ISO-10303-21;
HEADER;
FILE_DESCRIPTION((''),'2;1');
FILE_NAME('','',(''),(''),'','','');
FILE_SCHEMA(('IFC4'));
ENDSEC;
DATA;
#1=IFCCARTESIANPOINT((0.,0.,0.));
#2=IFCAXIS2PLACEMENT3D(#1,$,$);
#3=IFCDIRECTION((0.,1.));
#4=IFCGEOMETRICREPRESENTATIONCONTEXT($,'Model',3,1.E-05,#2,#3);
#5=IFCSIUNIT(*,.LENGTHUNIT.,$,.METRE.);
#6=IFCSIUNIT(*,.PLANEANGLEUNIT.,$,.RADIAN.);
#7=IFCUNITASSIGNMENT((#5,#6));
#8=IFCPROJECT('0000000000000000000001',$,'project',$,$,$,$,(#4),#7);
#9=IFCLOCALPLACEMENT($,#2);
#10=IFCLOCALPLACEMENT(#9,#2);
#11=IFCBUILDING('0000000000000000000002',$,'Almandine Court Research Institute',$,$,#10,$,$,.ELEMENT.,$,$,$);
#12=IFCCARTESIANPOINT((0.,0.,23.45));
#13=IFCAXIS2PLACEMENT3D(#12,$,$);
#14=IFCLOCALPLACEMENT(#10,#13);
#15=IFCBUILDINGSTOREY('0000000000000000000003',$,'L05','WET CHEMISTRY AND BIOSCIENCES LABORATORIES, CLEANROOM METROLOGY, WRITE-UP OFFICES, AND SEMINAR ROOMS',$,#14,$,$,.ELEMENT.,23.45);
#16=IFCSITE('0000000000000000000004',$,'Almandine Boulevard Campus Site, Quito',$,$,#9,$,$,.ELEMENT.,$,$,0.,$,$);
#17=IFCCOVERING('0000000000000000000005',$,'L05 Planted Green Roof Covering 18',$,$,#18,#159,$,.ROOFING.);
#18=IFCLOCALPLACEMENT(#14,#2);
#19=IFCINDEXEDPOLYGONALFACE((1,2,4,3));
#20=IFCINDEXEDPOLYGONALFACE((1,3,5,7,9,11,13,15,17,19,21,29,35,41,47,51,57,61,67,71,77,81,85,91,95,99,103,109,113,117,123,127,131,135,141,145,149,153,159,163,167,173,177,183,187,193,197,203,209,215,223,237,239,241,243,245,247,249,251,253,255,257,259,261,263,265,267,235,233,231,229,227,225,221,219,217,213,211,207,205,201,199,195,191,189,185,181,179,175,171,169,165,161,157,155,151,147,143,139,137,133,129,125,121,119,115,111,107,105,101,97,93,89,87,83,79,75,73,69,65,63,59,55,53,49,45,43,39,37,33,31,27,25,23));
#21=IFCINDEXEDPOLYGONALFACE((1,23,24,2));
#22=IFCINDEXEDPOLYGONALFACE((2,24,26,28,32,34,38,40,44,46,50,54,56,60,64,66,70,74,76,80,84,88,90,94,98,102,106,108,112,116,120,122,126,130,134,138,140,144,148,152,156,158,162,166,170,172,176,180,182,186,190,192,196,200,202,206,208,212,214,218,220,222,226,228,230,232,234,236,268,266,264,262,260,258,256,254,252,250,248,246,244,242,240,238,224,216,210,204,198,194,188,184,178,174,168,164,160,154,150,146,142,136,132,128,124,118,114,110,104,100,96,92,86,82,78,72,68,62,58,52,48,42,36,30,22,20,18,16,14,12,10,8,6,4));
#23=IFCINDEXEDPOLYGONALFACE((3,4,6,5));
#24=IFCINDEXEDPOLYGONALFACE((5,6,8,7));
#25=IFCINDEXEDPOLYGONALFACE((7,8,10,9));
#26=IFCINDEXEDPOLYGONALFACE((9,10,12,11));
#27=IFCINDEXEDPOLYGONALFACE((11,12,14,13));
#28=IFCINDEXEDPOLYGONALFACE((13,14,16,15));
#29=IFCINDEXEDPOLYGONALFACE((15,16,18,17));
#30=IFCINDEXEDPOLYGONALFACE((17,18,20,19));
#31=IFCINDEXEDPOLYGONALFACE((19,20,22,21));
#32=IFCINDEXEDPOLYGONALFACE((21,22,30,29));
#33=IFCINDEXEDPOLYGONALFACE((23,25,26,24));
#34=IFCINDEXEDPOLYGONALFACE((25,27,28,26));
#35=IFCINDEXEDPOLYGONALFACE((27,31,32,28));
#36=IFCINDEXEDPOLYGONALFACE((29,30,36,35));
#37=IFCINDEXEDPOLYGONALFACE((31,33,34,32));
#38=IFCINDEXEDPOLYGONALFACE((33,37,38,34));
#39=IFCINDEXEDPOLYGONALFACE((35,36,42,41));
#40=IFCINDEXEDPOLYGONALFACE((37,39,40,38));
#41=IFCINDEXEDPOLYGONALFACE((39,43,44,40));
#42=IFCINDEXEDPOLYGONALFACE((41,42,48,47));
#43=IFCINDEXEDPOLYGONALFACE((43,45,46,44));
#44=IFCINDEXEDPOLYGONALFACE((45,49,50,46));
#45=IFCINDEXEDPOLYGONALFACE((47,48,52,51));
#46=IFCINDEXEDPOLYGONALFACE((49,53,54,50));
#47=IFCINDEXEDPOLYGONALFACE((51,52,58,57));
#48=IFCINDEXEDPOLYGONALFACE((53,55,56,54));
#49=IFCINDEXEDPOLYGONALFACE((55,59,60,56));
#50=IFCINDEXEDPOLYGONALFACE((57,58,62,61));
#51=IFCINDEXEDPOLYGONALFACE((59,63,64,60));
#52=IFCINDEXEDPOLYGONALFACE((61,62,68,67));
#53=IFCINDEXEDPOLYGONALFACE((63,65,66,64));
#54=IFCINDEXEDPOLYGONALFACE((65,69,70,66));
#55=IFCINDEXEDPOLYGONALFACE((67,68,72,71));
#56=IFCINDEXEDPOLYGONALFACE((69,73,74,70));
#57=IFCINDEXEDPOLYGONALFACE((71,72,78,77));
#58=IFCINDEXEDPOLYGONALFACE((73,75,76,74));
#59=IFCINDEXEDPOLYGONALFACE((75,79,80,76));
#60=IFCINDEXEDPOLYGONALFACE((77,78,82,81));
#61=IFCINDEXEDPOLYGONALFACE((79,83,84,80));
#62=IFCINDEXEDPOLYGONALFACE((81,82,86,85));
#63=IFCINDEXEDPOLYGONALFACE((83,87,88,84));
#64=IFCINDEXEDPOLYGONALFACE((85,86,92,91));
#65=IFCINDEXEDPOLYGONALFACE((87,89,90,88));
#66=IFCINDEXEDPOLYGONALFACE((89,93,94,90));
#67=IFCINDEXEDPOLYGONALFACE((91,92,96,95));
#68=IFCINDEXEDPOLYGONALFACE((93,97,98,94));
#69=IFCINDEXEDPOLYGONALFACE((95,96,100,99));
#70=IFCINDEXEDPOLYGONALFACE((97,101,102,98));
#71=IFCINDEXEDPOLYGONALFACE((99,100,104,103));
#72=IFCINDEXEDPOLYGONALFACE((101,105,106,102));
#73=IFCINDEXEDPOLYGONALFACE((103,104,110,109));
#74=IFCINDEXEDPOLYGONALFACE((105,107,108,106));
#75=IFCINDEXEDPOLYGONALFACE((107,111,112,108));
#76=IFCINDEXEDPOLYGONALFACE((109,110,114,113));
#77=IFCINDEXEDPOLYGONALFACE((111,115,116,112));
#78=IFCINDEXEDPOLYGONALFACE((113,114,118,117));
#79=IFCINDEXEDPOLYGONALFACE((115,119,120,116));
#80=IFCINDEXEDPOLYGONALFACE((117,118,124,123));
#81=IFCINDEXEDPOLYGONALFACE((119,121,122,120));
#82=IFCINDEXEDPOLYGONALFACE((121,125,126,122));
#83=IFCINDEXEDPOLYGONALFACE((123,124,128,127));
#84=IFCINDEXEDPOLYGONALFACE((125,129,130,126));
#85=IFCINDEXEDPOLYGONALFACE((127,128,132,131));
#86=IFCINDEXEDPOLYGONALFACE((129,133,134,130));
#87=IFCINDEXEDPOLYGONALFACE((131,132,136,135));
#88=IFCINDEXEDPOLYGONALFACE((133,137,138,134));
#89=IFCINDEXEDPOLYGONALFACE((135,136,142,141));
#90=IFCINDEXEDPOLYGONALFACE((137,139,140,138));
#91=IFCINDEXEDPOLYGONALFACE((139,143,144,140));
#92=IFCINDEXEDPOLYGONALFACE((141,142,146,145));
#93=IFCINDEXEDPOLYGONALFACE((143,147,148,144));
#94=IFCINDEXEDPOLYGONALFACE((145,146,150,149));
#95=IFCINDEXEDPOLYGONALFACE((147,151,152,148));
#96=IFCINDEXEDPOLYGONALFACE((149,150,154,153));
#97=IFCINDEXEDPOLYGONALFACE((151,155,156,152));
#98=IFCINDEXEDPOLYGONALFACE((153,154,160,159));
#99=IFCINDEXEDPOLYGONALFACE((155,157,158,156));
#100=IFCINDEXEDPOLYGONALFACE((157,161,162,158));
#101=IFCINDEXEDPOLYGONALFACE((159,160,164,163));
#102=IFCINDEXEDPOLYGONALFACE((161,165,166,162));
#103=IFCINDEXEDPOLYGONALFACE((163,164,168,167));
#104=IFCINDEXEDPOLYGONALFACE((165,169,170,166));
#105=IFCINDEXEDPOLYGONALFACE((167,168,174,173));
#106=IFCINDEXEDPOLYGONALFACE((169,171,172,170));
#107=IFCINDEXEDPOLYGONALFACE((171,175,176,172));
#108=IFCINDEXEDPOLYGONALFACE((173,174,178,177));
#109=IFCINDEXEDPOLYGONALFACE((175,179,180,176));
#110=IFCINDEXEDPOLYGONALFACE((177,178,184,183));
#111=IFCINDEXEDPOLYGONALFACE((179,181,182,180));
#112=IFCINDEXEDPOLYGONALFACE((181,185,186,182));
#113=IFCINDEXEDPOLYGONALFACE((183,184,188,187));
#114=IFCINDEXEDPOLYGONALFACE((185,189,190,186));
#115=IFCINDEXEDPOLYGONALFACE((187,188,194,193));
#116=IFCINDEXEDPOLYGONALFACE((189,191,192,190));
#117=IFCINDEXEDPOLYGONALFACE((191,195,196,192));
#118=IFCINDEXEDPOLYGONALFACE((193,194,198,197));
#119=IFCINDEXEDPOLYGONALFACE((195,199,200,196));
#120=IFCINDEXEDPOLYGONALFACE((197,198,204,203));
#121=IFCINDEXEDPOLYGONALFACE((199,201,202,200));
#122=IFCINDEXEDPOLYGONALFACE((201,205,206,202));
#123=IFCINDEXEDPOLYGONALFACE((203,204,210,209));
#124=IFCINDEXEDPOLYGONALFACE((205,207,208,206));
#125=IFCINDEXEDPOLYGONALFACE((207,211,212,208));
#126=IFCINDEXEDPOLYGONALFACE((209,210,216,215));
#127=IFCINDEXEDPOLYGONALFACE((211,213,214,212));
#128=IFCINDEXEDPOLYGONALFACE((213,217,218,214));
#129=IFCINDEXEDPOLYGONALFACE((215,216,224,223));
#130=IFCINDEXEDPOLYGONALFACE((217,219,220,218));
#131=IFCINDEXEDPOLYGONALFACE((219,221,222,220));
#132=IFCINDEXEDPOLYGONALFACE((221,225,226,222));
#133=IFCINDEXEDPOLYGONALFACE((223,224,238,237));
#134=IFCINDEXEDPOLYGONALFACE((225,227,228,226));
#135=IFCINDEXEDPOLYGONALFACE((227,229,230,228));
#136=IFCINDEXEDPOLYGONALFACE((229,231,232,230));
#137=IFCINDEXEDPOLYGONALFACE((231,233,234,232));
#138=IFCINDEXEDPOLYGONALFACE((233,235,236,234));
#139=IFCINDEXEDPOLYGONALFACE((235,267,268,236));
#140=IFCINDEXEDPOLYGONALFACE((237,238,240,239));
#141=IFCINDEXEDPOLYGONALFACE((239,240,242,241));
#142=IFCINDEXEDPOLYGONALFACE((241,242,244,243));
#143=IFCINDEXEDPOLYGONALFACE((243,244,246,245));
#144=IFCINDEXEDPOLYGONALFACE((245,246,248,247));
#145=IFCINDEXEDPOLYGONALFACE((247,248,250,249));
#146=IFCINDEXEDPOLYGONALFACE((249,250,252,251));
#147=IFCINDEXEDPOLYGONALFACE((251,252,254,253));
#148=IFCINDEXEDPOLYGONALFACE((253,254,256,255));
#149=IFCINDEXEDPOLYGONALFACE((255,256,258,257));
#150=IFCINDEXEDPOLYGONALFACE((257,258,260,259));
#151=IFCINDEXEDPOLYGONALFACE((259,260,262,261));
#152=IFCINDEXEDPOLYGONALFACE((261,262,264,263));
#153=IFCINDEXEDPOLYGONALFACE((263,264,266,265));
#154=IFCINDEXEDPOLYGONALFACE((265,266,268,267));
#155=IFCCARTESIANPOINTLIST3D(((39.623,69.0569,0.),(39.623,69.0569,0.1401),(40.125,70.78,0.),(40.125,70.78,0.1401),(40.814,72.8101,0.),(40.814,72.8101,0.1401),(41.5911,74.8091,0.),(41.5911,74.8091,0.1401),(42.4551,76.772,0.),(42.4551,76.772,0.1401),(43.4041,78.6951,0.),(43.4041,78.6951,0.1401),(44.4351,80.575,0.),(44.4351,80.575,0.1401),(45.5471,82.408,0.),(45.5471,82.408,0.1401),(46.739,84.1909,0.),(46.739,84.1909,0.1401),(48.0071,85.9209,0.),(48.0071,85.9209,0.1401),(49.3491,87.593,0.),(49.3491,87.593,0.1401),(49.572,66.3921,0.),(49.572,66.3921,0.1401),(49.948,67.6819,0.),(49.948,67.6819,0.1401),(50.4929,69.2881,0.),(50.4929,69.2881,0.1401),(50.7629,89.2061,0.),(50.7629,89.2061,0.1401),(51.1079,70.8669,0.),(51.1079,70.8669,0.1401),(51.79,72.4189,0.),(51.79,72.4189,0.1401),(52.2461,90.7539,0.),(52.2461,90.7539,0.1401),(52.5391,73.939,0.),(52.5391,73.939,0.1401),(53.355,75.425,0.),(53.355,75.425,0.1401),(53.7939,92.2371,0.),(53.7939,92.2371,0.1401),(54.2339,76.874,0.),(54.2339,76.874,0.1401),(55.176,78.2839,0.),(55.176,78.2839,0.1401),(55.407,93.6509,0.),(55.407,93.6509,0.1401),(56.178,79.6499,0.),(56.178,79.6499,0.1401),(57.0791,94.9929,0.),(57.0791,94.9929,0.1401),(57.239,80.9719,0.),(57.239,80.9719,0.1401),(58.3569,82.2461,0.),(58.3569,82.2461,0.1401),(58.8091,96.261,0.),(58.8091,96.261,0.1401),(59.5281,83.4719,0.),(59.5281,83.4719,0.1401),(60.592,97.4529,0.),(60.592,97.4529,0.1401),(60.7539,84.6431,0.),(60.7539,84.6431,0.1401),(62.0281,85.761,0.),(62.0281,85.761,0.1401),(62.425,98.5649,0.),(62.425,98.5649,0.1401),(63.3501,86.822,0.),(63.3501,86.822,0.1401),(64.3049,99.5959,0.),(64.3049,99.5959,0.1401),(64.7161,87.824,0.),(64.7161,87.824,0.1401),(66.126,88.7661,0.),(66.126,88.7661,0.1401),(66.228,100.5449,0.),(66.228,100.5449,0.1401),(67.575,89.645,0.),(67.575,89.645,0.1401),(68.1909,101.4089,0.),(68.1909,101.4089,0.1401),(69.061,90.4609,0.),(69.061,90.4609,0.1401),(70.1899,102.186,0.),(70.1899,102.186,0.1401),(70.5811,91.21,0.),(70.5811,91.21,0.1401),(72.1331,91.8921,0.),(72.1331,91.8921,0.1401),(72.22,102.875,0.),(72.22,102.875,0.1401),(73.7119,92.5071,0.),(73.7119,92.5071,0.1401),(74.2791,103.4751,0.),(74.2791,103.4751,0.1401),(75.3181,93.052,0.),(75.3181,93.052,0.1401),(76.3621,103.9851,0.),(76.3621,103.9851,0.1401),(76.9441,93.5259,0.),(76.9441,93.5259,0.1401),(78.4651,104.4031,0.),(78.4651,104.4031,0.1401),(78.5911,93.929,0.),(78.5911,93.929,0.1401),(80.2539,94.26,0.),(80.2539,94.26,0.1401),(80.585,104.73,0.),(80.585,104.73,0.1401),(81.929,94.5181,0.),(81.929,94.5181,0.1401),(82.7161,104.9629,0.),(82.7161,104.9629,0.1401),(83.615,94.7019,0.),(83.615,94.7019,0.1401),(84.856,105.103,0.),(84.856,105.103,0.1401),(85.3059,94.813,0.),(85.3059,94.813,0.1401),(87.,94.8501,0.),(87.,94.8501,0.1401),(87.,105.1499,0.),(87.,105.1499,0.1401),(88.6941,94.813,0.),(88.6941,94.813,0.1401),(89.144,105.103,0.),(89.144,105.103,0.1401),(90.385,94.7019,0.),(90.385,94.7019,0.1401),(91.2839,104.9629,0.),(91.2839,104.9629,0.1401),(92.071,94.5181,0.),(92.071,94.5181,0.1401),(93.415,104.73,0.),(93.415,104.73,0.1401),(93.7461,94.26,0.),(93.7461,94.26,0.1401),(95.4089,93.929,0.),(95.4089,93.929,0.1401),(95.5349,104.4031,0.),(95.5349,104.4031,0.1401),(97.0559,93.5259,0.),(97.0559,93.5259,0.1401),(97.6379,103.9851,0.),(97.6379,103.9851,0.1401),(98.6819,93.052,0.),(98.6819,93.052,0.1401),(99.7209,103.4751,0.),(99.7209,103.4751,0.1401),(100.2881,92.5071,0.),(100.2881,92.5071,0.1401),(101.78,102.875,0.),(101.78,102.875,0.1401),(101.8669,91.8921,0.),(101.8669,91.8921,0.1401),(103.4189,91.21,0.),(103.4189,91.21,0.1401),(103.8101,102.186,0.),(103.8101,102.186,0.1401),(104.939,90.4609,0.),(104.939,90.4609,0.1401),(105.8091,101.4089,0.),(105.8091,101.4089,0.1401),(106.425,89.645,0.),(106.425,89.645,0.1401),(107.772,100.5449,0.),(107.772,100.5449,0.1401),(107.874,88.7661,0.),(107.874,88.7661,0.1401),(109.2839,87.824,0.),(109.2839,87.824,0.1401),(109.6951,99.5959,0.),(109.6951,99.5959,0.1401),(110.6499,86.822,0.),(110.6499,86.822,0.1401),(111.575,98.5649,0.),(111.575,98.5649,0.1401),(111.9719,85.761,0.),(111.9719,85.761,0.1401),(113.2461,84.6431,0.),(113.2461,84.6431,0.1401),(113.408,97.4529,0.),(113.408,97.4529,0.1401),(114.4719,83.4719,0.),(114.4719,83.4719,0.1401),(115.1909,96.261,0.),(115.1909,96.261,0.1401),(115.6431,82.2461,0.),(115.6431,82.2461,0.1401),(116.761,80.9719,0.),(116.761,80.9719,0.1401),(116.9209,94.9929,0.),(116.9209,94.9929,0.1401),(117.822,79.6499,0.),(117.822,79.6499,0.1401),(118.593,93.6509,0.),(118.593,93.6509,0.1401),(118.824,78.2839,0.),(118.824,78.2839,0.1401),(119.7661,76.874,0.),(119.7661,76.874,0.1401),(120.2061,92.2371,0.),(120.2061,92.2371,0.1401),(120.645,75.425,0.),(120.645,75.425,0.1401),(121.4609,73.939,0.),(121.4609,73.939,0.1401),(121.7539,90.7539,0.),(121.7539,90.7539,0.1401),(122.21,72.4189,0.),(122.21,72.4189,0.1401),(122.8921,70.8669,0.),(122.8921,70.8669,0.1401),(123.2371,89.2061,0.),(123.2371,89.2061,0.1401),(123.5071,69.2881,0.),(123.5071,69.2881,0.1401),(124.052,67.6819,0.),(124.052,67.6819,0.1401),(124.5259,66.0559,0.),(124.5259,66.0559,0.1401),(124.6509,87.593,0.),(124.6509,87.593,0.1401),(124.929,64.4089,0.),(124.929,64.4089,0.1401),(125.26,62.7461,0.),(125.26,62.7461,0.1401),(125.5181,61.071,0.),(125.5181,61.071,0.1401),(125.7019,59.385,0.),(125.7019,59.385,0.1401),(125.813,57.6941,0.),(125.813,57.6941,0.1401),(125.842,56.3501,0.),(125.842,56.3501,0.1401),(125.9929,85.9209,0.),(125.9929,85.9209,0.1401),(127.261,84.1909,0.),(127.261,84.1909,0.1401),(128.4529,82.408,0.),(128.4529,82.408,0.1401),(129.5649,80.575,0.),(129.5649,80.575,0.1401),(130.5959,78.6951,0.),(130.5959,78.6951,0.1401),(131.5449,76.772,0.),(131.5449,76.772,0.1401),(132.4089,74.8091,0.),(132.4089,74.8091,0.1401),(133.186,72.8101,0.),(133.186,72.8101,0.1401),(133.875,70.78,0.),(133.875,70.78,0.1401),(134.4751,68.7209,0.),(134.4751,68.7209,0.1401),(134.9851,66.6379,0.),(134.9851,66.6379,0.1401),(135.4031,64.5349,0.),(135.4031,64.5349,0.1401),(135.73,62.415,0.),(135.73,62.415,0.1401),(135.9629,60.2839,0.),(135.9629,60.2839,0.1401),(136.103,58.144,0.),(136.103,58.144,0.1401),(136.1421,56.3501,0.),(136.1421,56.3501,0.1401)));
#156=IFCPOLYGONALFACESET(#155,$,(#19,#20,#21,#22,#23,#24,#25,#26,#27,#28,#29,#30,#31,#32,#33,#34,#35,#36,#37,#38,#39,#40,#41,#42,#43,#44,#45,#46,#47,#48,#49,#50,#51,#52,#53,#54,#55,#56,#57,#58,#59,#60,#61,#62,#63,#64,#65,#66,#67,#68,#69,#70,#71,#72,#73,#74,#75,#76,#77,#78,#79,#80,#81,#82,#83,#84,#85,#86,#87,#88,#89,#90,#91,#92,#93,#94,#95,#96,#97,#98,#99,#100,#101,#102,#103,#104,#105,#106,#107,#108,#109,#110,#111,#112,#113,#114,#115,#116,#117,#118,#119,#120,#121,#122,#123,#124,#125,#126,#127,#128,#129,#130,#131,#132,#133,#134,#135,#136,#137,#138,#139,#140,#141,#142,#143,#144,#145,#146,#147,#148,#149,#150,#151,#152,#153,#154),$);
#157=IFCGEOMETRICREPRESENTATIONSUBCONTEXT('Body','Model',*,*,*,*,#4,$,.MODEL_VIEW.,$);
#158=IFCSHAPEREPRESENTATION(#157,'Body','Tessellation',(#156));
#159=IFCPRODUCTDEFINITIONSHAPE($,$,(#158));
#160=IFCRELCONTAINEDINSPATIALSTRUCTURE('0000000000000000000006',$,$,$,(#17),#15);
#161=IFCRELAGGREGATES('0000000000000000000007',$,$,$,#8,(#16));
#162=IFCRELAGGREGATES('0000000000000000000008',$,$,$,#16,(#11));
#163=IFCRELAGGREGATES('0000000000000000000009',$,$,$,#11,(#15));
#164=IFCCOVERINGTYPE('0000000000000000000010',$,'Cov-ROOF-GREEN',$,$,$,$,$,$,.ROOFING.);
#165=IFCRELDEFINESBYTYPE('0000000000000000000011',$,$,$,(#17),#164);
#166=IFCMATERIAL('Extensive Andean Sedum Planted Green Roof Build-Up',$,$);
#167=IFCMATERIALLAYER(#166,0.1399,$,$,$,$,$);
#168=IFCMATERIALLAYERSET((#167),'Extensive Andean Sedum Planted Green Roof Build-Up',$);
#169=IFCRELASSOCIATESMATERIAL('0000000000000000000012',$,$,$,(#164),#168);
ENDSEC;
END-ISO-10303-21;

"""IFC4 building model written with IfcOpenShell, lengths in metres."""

from ifc_helpers import new_model, si_unit, direction, frame, origin, place, context, subcontext, project, spatial, polyline, outline, extrude, material, layer, layer_set, type_object, element, save


model = new_model("IFC4")

# Units and contexts
model_context = context("Model", 3, precision=1e-05, world=origin(), true_north=direction((0.0, 1.0)))
body_context = subcontext(model_context, "Body", "Model", "MODEL_VIEW")
ifc_project = project(units=[si_unit("LENGTHUNIT", "METRE"), si_unit("PLANEANGLEUNIT", "RADIAN")], contexts=[model_context])

# Site, building, storey
site_placement = place(None, origin())
site = spatial("IfcSite", under=ifc_project, at=site_placement, Name="Almandine Boulevard Campus Site, Quito", CompositionType="ELEMENT", RefElevation=0.0)
building_placement = place(site_placement, origin())
building = spatial("IfcBuilding", under=site, at=building_placement, Name="Almandine Court Research Institute", CompositionType="ELEMENT")
storey_placement = place(building_placement, frame((0.0, 0.0, 23.45)))
storey = spatial("IfcBuildingStorey", under=building, at=storey_placement, Name="L05", Description="WET CHEMISTRY AND BIOSCIENCES LABORATORIES, CLEANROOM METROLOGY, WRITE-UP OFFICES, AND SEMINAR ROOMS", CompositionType="ELEMENT", Elevation=23.45)

# Covering
ifc_material_1 = material(Name="Extensive Andean Sedum Planted Green Roof Build-Up")
ifc_layer_1 = layer(ifc_material_1, 0.1399)
ifc_layer_set_1 = layer_set([ifc_layer_1], Name="Extensive Andean Sedum Planted Green Roof Build-Up")
covering_type_1 = type_object("IfcCoveringType", Name="Cov-ROOF-GREEN", PredefinedType="ROOFING", material=ifc_layer_set_1)
covering_1_placement = place(storey_placement, origin())
element("IfcCovering", 1, at=covering_1_placement, inside=storey, type_object=covering_type_1, Name="L05 Planted Green Roof Covering 18", PredefinedType="ROOFING", context=body_context, shape_type="SweptSolid", body=[
    extrude(outline(polyline([(136.1421, 56.3501), (125.842, 56.3501), (125.813, 57.6941), (125.7019, 59.385), (125.5181, 61.071), (125.26, 62.7461), (124.929, 64.4089), (124.5259, 66.0559), (124.052, 67.6819), (123.5071, 69.2881), (122.8921, 70.8669), (122.21, 72.4189), (121.4609, 73.939), (120.645, 75.425), (119.7661, 76.874), (118.824, 78.2839), (117.822, 79.6499), (116.761, 80.9719), (115.6431, 82.2461), (114.4719, 83.4719), (113.2461, 84.6431), (111.9719, 85.761), (110.6499, 86.822), (109.2839, 87.824), (107.874, 88.7661), (106.425, 89.645), (104.939, 90.4609), (103.4189, 91.21), (101.8669, 91.8921), (100.2881, 92.5071), (98.6819, 93.052), (97.0559, 93.5259), (95.4089, 93.929), (93.7461, 94.26), (92.071, 94.5181), (90.385, 94.7019), (88.6941, 94.813), (87.0, 94.8501), (85.3059, 94.813), (83.615, 94.7019), (81.929, 94.5181), (80.2539, 94.26), (78.5911, 93.929), (76.9441, 93.5259), (75.3181, 93.052), (73.7119, 92.5071), (72.1331, 91.8921), (70.5811, 91.21), (69.061, 90.4609), (67.575, 89.645), (66.126, 88.7661), (64.7161, 87.824), (63.3501, 86.822), (62.0281, 85.761), (60.7539, 84.6431), (59.5281, 83.4719), (58.3569, 82.2461), (57.239, 80.9719), (56.178, 79.6499), (55.176, 78.2839), (54.2339, 76.874), (53.355, 75.425), (52.5391, 73.939), (51.79, 72.4189), (51.1079, 70.8669), (50.4929, 69.2881), (49.948, 67.6819), (49.572, 66.3921), (39.623, 69.0569), (40.125, 70.78), (40.814, 72.8101), (41.5911, 74.8091), (42.4551, 76.772), (43.4041, 78.6951), (44.4351, 80.575), (45.5471, 82.408), (46.739, 84.1909), (48.0071, 85.9209), (49.3491, 87.593), (50.7629, 89.2061), (52.2461, 90.7539), (53.7939, 92.2371), (55.407, 93.6509), (57.0791, 94.9929), (58.8091, 96.261), (60.592, 97.4529), (62.425, 98.5649), (64.3049, 99.5959), (66.228, 100.5449), (68.1909, 101.4089), (70.1899, 102.186), (72.22, 102.875), (74.2791, 103.4751), (76.3621, 103.9851), (78.4651, 104.4031), (80.585, 104.73), (82.7161, 104.9629), (84.856, 105.103), (87.0, 105.1499), (89.144, 105.103), (91.2839, 104.9629), (93.415, 104.73), (95.5349, 104.4031), (97.6379, 103.9851), (99.7209, 103.4751), (101.78, 102.875), (103.8101, 102.186), (105.8091, 101.4089), (107.772, 100.5449), (109.6951, 99.5959), (111.575, 98.5649), (113.408, 97.4529), (115.1909, 96.261), (116.9209, 94.9929), (118.593, 93.6509), (120.2061, 92.2371), (121.7539, 90.7539), (123.2371, 89.2061), (124.6509, 87.593), (125.9929, 85.9209), (127.261, 84.1909), (128.4529, 82.408), (129.5649, 80.575), (130.5959, 78.6951), (131.5449, 76.772), (132.4089, 74.8091), (133.186, 72.8101), (133.875, 70.78), (134.4751, 68.7209), (134.9851, 66.6379), (135.4031, 64.5349), (135.73, 62.415), (135.9629, 60.2839), (136.103, 58.144), (136.1421, 56.3501)])), origin(), (0.0, 0.0, 1.0), 0.1401),
])

save(model, "model.ifc")
